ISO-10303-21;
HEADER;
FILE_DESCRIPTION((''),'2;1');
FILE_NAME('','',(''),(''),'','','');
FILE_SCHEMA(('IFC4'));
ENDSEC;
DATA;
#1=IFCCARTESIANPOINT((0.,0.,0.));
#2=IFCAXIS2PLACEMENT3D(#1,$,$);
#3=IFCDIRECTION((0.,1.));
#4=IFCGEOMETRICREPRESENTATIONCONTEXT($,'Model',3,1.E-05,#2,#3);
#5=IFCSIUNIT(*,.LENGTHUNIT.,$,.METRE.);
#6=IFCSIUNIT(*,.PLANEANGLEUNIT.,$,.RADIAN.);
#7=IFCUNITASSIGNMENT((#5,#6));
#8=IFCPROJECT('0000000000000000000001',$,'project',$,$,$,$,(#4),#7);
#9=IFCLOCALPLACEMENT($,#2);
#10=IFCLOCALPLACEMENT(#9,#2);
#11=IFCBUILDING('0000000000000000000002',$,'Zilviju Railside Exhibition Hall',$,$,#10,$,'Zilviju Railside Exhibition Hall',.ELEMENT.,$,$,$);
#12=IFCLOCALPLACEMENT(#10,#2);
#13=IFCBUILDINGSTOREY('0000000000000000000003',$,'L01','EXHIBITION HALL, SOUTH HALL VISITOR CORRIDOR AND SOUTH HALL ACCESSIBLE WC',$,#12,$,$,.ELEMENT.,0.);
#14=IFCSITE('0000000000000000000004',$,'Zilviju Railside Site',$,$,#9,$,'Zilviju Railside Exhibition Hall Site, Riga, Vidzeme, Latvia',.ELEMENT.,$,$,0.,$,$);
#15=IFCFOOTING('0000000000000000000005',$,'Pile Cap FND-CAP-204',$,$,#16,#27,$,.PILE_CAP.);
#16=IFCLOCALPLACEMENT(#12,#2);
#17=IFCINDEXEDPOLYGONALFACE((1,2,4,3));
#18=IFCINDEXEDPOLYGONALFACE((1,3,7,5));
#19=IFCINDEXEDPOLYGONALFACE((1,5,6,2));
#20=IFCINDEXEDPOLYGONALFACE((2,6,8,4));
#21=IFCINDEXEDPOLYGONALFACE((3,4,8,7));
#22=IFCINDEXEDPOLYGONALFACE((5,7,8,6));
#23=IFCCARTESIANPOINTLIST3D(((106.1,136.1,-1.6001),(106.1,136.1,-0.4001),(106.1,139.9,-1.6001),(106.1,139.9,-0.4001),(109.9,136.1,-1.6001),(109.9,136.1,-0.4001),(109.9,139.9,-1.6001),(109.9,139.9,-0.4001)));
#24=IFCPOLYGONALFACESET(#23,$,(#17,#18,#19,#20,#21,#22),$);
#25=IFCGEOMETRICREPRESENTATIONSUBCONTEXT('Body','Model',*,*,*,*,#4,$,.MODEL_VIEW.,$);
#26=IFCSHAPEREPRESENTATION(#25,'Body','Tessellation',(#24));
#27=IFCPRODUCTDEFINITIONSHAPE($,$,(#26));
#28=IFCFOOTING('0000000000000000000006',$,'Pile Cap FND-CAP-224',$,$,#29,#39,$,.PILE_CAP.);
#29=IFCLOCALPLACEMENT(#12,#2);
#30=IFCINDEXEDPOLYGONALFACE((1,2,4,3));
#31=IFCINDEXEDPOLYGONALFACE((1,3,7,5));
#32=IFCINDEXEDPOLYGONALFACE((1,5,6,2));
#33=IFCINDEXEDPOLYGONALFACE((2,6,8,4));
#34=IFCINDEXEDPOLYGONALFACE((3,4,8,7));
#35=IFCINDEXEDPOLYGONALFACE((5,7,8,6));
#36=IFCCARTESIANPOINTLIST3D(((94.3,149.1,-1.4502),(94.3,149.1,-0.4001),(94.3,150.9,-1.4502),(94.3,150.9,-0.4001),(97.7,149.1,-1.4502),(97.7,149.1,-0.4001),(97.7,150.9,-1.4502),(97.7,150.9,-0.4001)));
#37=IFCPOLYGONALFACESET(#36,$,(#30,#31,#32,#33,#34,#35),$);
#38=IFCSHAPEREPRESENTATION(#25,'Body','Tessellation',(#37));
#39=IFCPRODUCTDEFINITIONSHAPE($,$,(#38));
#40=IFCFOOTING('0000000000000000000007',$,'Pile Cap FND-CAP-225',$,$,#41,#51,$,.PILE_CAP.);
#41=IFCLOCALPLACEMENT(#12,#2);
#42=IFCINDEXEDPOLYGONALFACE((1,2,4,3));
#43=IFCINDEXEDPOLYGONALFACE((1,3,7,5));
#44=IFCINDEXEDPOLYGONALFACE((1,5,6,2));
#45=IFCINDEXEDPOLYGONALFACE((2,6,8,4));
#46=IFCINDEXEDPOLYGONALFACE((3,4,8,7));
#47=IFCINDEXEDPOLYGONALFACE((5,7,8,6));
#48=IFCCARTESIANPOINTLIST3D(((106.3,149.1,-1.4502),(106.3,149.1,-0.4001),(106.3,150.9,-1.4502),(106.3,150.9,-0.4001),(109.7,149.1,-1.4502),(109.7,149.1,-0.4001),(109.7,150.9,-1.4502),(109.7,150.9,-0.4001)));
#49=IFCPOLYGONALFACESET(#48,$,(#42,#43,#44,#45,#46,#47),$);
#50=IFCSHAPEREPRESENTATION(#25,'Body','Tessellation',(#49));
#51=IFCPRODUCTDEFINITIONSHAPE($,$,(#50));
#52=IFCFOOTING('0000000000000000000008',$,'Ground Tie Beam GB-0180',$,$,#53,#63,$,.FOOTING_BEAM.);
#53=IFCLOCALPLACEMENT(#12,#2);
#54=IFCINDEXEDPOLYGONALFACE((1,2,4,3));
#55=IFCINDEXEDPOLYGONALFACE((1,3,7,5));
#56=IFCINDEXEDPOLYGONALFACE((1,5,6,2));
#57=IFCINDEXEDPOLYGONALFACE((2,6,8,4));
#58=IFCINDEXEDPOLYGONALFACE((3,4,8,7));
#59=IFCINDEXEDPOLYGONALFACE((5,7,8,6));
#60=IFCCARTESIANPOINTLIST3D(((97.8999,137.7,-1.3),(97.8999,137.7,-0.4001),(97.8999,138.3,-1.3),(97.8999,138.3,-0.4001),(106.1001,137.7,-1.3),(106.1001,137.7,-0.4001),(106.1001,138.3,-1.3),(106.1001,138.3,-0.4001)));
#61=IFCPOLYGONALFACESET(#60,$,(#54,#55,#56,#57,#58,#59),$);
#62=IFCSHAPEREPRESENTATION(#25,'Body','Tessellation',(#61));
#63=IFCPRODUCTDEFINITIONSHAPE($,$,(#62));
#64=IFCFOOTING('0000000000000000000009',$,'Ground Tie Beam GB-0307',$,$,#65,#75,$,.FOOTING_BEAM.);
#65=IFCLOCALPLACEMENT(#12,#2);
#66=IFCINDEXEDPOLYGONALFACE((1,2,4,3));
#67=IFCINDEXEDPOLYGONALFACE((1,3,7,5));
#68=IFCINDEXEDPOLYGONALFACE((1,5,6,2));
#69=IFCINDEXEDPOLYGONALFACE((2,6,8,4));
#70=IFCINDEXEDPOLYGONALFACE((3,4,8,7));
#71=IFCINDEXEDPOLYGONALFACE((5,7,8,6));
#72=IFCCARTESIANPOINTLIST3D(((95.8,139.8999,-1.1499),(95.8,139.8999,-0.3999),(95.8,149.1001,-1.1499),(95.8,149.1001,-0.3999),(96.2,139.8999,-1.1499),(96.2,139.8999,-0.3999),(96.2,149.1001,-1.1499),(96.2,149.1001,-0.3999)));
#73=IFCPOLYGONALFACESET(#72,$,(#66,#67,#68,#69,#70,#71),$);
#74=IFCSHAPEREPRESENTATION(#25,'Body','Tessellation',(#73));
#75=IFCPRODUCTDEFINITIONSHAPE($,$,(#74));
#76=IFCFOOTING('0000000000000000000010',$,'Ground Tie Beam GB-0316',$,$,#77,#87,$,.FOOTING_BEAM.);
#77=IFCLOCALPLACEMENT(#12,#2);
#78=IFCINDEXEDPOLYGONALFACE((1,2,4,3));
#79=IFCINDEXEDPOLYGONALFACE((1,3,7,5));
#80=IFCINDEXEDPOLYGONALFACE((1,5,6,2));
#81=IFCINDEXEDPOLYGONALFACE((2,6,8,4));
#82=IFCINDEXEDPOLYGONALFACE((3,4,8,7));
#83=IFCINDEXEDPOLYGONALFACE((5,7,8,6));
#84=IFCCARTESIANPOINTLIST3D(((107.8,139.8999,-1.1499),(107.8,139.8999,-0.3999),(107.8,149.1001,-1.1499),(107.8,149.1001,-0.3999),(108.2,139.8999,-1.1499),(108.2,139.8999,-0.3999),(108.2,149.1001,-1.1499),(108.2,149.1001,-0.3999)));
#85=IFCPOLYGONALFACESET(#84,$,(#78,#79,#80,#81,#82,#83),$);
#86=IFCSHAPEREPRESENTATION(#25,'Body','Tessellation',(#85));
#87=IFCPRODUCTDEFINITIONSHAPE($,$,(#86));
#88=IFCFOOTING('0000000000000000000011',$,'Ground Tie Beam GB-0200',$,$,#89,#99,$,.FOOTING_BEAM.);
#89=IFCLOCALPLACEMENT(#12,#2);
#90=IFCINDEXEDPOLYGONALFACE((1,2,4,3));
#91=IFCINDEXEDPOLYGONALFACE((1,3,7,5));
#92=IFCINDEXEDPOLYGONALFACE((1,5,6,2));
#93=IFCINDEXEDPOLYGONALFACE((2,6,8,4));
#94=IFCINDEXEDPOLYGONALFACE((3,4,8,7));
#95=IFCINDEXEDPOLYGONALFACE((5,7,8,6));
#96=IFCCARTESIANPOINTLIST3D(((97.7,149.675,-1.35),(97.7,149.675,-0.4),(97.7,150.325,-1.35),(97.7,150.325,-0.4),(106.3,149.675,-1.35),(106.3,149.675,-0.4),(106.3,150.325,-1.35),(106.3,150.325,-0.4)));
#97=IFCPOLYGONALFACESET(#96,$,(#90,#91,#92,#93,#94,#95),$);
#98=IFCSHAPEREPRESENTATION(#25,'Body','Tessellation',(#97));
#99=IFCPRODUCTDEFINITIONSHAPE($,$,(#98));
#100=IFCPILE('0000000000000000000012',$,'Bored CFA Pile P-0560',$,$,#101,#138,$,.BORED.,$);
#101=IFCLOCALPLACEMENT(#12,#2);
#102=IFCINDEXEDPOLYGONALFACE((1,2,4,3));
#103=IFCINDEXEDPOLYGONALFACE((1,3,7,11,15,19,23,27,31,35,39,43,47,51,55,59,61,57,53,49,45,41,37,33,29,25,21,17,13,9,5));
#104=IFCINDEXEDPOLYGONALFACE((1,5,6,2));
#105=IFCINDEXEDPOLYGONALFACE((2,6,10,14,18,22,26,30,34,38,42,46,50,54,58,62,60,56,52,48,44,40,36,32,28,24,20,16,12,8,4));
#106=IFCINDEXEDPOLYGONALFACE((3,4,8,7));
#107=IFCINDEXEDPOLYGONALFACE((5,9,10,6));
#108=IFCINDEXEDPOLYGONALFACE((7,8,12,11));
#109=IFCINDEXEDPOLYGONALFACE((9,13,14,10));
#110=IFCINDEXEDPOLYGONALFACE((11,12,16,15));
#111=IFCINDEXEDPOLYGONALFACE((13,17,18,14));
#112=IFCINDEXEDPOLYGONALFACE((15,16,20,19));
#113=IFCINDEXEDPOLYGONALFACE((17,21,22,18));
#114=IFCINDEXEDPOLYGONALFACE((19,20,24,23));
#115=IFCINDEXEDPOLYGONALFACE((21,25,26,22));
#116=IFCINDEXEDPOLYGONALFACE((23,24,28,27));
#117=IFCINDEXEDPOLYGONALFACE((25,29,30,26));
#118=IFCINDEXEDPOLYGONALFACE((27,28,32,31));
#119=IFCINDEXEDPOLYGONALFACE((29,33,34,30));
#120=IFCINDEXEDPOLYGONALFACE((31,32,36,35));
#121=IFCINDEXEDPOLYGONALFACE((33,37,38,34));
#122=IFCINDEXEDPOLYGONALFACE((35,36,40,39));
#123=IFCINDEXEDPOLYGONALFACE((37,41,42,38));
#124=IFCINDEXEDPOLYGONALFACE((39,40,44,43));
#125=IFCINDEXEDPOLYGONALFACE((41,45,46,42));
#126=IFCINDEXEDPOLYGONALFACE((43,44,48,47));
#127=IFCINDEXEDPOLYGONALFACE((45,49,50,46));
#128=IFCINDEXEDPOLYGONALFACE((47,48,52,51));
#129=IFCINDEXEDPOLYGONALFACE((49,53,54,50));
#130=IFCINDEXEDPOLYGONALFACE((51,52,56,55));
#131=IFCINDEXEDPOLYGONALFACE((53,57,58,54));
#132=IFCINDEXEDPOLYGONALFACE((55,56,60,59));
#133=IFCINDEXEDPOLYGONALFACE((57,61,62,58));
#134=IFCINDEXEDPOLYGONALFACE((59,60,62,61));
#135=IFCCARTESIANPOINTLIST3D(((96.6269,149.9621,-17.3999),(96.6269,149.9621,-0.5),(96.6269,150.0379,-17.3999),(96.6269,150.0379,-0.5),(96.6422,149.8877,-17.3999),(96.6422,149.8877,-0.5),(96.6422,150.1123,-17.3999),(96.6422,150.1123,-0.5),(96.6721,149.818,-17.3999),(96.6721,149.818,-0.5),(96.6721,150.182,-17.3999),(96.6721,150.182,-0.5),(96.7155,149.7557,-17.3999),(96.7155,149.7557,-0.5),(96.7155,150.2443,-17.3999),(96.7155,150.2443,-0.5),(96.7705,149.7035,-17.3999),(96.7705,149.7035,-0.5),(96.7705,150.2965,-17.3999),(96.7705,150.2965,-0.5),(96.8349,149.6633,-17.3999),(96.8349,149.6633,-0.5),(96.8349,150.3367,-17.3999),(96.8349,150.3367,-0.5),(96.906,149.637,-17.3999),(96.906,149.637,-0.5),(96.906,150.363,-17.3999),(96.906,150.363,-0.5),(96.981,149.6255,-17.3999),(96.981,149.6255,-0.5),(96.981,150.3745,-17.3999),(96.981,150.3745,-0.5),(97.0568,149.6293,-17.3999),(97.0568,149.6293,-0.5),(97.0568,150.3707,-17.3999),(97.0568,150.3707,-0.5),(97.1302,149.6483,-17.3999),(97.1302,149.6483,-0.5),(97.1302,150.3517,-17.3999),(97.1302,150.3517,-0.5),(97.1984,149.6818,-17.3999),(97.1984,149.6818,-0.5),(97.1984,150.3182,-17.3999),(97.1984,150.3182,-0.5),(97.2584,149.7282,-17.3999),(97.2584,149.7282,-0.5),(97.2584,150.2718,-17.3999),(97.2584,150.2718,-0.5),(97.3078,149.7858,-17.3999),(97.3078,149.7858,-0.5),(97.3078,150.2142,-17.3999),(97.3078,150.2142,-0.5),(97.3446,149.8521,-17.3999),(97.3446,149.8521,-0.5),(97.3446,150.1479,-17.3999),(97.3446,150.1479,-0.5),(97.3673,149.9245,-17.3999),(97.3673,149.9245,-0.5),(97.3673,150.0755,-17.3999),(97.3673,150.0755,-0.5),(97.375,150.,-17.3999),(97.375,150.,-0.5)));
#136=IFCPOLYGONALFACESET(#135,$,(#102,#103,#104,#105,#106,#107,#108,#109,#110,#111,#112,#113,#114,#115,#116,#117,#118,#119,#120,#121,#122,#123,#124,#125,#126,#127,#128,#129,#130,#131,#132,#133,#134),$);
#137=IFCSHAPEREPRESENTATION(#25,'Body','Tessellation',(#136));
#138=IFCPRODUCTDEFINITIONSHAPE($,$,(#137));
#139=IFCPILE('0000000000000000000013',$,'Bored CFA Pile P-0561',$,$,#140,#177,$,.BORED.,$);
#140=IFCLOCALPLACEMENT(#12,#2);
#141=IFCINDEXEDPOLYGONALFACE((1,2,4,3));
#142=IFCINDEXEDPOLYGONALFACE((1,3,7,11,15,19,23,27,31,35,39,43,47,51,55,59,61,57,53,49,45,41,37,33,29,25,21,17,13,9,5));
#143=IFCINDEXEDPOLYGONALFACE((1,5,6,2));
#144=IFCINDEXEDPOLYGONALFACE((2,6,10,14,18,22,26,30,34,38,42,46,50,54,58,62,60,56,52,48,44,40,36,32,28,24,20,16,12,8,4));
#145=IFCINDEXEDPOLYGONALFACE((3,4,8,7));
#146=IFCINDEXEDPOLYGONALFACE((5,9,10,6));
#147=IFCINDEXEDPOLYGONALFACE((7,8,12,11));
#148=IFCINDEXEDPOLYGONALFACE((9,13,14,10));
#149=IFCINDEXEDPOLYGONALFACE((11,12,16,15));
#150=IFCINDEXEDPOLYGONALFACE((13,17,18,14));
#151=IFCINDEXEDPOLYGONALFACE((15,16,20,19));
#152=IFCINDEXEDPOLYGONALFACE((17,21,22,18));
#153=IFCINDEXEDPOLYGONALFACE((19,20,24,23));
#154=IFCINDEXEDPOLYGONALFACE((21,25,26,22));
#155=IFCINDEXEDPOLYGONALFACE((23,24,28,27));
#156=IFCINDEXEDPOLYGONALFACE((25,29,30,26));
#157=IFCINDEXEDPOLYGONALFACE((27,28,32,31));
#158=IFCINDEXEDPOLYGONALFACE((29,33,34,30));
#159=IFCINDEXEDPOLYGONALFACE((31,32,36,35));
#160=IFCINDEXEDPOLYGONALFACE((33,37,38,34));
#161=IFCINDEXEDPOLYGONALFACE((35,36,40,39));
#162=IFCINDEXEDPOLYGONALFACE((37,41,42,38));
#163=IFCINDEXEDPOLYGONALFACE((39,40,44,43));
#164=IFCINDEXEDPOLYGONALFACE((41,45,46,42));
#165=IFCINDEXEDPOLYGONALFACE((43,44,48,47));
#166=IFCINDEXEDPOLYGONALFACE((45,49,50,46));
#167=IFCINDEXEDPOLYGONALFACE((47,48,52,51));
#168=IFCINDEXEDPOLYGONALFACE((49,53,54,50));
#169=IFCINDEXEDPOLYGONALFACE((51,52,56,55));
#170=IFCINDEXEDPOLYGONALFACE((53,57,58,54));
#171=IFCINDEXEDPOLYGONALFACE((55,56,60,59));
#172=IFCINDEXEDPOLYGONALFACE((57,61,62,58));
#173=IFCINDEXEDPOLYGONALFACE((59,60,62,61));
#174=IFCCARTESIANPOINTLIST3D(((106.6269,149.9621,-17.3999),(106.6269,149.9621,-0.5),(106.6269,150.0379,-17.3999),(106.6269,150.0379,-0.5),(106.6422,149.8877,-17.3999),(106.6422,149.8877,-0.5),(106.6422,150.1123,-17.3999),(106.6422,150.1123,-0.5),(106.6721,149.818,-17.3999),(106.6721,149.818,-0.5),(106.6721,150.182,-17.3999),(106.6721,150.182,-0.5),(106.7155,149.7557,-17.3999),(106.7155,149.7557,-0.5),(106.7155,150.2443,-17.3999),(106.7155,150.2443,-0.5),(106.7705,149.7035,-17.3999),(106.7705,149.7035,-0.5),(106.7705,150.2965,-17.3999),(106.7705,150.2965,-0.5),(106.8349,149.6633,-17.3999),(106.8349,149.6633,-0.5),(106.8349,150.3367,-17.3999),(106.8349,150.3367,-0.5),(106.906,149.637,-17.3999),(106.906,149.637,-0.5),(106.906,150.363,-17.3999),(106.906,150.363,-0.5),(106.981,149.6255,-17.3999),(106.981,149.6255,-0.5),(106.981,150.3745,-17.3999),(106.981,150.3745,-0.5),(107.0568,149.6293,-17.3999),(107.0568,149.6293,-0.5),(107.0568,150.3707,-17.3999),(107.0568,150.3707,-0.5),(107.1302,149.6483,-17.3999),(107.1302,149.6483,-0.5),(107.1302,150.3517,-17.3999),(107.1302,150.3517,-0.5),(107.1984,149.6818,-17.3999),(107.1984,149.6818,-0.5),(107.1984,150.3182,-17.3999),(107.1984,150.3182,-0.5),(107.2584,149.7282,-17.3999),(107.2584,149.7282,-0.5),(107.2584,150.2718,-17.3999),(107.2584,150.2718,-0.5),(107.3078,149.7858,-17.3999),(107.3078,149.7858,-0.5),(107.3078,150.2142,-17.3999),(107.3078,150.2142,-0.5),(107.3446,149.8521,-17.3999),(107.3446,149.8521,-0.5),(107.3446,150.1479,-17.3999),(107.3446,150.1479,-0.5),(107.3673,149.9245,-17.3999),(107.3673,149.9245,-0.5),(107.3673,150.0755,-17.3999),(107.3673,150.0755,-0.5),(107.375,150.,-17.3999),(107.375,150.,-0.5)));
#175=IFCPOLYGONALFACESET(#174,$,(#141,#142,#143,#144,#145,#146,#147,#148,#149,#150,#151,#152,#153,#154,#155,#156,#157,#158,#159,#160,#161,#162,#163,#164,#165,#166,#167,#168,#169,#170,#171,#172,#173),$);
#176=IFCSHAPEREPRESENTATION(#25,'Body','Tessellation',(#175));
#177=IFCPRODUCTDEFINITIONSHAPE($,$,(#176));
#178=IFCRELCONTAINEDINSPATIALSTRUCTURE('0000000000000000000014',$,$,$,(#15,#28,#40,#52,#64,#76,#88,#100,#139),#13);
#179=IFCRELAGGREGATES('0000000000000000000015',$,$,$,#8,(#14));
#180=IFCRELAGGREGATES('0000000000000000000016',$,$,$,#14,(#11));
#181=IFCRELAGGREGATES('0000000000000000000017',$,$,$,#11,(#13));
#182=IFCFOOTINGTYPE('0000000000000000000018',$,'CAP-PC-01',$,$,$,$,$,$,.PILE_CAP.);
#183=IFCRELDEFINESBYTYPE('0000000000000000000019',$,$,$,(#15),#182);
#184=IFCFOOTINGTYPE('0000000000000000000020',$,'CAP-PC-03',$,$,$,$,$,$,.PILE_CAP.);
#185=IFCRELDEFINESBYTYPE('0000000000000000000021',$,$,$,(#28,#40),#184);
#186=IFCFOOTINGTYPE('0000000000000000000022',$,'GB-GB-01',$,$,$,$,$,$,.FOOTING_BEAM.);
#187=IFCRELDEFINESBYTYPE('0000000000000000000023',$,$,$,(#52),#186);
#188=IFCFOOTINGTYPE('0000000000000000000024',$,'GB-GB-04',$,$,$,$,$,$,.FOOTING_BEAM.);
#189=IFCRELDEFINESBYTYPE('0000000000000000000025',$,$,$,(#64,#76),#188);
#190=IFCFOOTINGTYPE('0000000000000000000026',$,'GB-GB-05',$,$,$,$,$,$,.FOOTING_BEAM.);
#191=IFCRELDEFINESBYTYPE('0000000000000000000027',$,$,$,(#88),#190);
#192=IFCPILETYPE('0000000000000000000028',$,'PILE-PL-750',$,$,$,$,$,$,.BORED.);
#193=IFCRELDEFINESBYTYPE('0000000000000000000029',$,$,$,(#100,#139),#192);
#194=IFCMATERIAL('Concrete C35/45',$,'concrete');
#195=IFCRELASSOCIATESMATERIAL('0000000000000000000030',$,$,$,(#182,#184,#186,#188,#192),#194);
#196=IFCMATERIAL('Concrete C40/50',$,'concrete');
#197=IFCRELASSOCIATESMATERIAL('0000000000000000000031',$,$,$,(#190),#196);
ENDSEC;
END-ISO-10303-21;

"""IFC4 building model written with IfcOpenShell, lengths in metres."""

from ifc_helpers import new_model, si_unit, direction, frame, origin, origin_2d, place, context, subcontext, project, spatial, rectangle, circle, extrude, material, material_profile, profile_set, type_object, element, save


model = new_model("IFC4")

# Units and contexts
model_context = context("Model", 3, precision=1e-05, world=origin(), true_north=direction((0.0, 1.0)))
body_context = subcontext(model_context, "Body", "Model", "MODEL_VIEW")
ifc_project = project(units=[si_unit("LENGTHUNIT", "METRE"), si_unit("PLANEANGLEUNIT", "RADIAN")], contexts=[model_context])

# Site, building, storey
site_placement = place(None, origin())
site = spatial("IfcSite", under=ifc_project, at=site_placement, Name="Zilviju Railside Site", LongName="Zilviju Railside Exhibition Hall Site, Riga, Vidzeme, Latvia", CompositionType="ELEMENT", RefElevation=0.0)
building_placement = place(site_placement, origin())
building = spatial("IfcBuilding", under=site, at=building_placement, Name="Zilviju Railside Exhibition Hall", LongName="Zilviju Railside Exhibition Hall", CompositionType="ELEMENT")
storey_placement = place(building_placement, origin())
storey = spatial("IfcBuildingStorey", under=building, at=storey_placement, Name="L01", Description="EXHIBITION HALL, SOUTH HALL VISITOR CORRIDOR AND SOUTH HALL ACCESSIBLE WC", CompositionType="ELEMENT", Elevation=0.0)

# Footings
ifc_material_1 = material(Name="Concrete C35/45", Category="concrete")
footing_type_1 = type_object("IfcFootingType", Name="CAP-PC-01", PredefinedType="PILE_CAP", material=ifc_material_1)
footing_1_placement = place(storey_placement, frame((108.0, 138.0, -1.6001), z_axis=(0.0, 0.0, 1.0), x_axis=(1.0, 0.0, 0.0)))
element("IfcFooting", 1, at=footing_1_placement, inside=storey, type_object=footing_type_1, Name="Pile Cap FND-CAP-204", PredefinedType="PILE_CAP", context=body_context, shape_type="SweptSolid", body=[
    extrude(rectangle(XDim=3.8, YDim=3.8, at=origin_2d()), origin(), (0.0, 0.0, 1.0), 1.2),
])
footing_type_2 = type_object("IfcFootingType", Name="CAP-PC-03", PredefinedType="PILE_CAP", material=ifc_material_1)
for number, where, z_axis, x_axis, name in (
    (2, (96.0, 150.0, -1.4502), (0.0, 0.0, 1.0), (1.0, 0.0, 0.0), "Pile Cap FND-CAP-224"),
    (3, (108.0, 150.0, -1.4502), (0.0, 0.0, 1.0), (1.0, 0.0, 0.0), "Pile Cap FND-CAP-225"),
):
    element("IfcFooting", number, at=place(storey_placement, frame(where, z_axis=z_axis, x_axis=x_axis)), inside=storey, type_object=footing_type_2, Name=name, PredefinedType="PILE_CAP", context=body_context, shape_type="SweptSolid", body=[
        extrude(rectangle(XDim=3.3999, YDim=1.8, at=origin_2d()), origin(), (0.0, 0.0, 1.0), 1.05),
    ])
ifc_material_profile_1 = material_profile(ifc_material_1, rectangle(XDim=0.6001, YDim=0.8999, at=origin_2d()), Name="TIE BEAM 600x900")
ifc_profile_set_1 = profile_set([ifc_material_profile_1], Name="Concrete C35/45")
footing_type_3 = type_object("IfcFootingType", Name="GB-GB-01", PredefinedType="FOOTING_BEAM", material=ifc_profile_set_1)
footing_2_placement = place(storey_placement, frame((97.8999, 138.0, -0.8501), z_axis=(1.0, 0.0, 0.0), x_axis=(0.0, 1.0, 0.0)))
element("IfcFooting", 4, at=footing_2_placement, inside=storey, type_object=footing_type_3, Name="Ground Tie Beam GB-0180", PredefinedType="FOOTING_BEAM", context=body_context, shape_type="SweptSolid", body=[
    extrude(rectangle(XDim=0.6001, YDim=0.8999, at=origin_2d()), origin(), (0.0, 0.0, 1.0), 8.2002),
])
ifc_material_profile_2 = material_profile(ifc_material_1, rectangle(XDim=0.3999, YDim=0.75, at=origin_2d()), Name="TIE BEAM 400x750")
ifc_profile_set_2 = profile_set([ifc_material_profile_2], Name="Concrete C35/45")
footing_type_4 = type_object("IfcFootingType", Name="GB-GB-04", PredefinedType="FOOTING_BEAM", material=ifc_profile_set_2)
for number, where, z_axis, x_axis, name in (
    (5, (96.0, 139.8999, -0.7749), (0.0, 1.0, 0.0), (-1.0, 0.0, 0.0), "Ground Tie Beam GB-0307"),
    (6, (108.0, 139.8999, -0.7749), (0.0, 1.0, 0.0), (-1.0, 0.0, 0.0), "Ground Tie Beam GB-0316"),
):
    element("IfcFooting", number, at=place(storey_placement, frame(where, z_axis=z_axis, x_axis=x_axis)), inside=storey, type_object=footing_type_4, Name=name, PredefinedType="FOOTING_BEAM", context=body_context, shape_type="SweptSolid", body=[
        extrude(rectangle(XDim=0.3999, YDim=0.75, at=origin_2d()), origin(), (0.0, 0.0, 1.0), 9.2002),
    ])
ifc_material_2 = material(Name="Concrete C40/50", Category="concrete")
ifc_material_profile_3 = material_profile(ifc_material_2, rectangle(XDim=0.6499, YDim=0.95, at=origin_2d()), Name="TIE BEAM 650x950")
ifc_profile_set_3 = profile_set([ifc_material_profile_3], Name="Concrete C40/50")
footing_type_5 = type_object("IfcFootingType", Name="GB-GB-05", PredefinedType="FOOTING_BEAM", material=ifc_profile_set_3)
footing_3_placement = place(storey_placement, frame((97.7, 150.0, -0.875), z_axis=(1.0, 0.0, 0.0), x_axis=(0.0, 1.0, 0.0)))
element("IfcFooting", 7, at=footing_3_placement, inside=storey, type_object=footing_type_5, Name="Ground Tie Beam GB-0200", PredefinedType="FOOTING_BEAM", context=body_context, shape_type="SweptSolid", body=[
    extrude(rectangle(XDim=0.6499, YDim=0.95, at=origin_2d()), origin(), (0.0, 0.0, 1.0), 8.6001),
])

# Piles
ifc_material_profile_4 = material_profile(ifc_material_1, circle(Radius=0.375, at=origin_2d()), Name="CFA PILE D750")
ifc_profile_set_4 = profile_set([ifc_material_profile_4], Name="Concrete C35/45")
pile_type_1 = type_object("IfcPileType", Name="PILE-PL-750", PredefinedType="BORED", material=ifc_profile_set_4)
for number, where, z_axis, x_axis, name in (
    (8, (97.0, 150.0, -0.5), (0.0, 0.0, -1.0), (1.0, 0.0, 0.0), "Bored CFA Pile P-0560"),
    (9, (107.0, 150.0, -0.5), (0.0, 0.0, -1.0), (1.0, 0.0, 0.0), "Bored CFA Pile P-0561"),
):
    element("IfcPile", number, at=place(storey_placement, frame(where, z_axis=z_axis, x_axis=x_axis)), inside=storey, type_object=pile_type_1, Name=name, PredefinedType="BORED", context=body_context, shape_type="SweptSolid", body=[
        extrude(circle(Radius=0.375, at=origin_2d()), origin(), (0.0, 0.0, 1.0), 16.8999),
    ])

save(model, "model.ifc")
